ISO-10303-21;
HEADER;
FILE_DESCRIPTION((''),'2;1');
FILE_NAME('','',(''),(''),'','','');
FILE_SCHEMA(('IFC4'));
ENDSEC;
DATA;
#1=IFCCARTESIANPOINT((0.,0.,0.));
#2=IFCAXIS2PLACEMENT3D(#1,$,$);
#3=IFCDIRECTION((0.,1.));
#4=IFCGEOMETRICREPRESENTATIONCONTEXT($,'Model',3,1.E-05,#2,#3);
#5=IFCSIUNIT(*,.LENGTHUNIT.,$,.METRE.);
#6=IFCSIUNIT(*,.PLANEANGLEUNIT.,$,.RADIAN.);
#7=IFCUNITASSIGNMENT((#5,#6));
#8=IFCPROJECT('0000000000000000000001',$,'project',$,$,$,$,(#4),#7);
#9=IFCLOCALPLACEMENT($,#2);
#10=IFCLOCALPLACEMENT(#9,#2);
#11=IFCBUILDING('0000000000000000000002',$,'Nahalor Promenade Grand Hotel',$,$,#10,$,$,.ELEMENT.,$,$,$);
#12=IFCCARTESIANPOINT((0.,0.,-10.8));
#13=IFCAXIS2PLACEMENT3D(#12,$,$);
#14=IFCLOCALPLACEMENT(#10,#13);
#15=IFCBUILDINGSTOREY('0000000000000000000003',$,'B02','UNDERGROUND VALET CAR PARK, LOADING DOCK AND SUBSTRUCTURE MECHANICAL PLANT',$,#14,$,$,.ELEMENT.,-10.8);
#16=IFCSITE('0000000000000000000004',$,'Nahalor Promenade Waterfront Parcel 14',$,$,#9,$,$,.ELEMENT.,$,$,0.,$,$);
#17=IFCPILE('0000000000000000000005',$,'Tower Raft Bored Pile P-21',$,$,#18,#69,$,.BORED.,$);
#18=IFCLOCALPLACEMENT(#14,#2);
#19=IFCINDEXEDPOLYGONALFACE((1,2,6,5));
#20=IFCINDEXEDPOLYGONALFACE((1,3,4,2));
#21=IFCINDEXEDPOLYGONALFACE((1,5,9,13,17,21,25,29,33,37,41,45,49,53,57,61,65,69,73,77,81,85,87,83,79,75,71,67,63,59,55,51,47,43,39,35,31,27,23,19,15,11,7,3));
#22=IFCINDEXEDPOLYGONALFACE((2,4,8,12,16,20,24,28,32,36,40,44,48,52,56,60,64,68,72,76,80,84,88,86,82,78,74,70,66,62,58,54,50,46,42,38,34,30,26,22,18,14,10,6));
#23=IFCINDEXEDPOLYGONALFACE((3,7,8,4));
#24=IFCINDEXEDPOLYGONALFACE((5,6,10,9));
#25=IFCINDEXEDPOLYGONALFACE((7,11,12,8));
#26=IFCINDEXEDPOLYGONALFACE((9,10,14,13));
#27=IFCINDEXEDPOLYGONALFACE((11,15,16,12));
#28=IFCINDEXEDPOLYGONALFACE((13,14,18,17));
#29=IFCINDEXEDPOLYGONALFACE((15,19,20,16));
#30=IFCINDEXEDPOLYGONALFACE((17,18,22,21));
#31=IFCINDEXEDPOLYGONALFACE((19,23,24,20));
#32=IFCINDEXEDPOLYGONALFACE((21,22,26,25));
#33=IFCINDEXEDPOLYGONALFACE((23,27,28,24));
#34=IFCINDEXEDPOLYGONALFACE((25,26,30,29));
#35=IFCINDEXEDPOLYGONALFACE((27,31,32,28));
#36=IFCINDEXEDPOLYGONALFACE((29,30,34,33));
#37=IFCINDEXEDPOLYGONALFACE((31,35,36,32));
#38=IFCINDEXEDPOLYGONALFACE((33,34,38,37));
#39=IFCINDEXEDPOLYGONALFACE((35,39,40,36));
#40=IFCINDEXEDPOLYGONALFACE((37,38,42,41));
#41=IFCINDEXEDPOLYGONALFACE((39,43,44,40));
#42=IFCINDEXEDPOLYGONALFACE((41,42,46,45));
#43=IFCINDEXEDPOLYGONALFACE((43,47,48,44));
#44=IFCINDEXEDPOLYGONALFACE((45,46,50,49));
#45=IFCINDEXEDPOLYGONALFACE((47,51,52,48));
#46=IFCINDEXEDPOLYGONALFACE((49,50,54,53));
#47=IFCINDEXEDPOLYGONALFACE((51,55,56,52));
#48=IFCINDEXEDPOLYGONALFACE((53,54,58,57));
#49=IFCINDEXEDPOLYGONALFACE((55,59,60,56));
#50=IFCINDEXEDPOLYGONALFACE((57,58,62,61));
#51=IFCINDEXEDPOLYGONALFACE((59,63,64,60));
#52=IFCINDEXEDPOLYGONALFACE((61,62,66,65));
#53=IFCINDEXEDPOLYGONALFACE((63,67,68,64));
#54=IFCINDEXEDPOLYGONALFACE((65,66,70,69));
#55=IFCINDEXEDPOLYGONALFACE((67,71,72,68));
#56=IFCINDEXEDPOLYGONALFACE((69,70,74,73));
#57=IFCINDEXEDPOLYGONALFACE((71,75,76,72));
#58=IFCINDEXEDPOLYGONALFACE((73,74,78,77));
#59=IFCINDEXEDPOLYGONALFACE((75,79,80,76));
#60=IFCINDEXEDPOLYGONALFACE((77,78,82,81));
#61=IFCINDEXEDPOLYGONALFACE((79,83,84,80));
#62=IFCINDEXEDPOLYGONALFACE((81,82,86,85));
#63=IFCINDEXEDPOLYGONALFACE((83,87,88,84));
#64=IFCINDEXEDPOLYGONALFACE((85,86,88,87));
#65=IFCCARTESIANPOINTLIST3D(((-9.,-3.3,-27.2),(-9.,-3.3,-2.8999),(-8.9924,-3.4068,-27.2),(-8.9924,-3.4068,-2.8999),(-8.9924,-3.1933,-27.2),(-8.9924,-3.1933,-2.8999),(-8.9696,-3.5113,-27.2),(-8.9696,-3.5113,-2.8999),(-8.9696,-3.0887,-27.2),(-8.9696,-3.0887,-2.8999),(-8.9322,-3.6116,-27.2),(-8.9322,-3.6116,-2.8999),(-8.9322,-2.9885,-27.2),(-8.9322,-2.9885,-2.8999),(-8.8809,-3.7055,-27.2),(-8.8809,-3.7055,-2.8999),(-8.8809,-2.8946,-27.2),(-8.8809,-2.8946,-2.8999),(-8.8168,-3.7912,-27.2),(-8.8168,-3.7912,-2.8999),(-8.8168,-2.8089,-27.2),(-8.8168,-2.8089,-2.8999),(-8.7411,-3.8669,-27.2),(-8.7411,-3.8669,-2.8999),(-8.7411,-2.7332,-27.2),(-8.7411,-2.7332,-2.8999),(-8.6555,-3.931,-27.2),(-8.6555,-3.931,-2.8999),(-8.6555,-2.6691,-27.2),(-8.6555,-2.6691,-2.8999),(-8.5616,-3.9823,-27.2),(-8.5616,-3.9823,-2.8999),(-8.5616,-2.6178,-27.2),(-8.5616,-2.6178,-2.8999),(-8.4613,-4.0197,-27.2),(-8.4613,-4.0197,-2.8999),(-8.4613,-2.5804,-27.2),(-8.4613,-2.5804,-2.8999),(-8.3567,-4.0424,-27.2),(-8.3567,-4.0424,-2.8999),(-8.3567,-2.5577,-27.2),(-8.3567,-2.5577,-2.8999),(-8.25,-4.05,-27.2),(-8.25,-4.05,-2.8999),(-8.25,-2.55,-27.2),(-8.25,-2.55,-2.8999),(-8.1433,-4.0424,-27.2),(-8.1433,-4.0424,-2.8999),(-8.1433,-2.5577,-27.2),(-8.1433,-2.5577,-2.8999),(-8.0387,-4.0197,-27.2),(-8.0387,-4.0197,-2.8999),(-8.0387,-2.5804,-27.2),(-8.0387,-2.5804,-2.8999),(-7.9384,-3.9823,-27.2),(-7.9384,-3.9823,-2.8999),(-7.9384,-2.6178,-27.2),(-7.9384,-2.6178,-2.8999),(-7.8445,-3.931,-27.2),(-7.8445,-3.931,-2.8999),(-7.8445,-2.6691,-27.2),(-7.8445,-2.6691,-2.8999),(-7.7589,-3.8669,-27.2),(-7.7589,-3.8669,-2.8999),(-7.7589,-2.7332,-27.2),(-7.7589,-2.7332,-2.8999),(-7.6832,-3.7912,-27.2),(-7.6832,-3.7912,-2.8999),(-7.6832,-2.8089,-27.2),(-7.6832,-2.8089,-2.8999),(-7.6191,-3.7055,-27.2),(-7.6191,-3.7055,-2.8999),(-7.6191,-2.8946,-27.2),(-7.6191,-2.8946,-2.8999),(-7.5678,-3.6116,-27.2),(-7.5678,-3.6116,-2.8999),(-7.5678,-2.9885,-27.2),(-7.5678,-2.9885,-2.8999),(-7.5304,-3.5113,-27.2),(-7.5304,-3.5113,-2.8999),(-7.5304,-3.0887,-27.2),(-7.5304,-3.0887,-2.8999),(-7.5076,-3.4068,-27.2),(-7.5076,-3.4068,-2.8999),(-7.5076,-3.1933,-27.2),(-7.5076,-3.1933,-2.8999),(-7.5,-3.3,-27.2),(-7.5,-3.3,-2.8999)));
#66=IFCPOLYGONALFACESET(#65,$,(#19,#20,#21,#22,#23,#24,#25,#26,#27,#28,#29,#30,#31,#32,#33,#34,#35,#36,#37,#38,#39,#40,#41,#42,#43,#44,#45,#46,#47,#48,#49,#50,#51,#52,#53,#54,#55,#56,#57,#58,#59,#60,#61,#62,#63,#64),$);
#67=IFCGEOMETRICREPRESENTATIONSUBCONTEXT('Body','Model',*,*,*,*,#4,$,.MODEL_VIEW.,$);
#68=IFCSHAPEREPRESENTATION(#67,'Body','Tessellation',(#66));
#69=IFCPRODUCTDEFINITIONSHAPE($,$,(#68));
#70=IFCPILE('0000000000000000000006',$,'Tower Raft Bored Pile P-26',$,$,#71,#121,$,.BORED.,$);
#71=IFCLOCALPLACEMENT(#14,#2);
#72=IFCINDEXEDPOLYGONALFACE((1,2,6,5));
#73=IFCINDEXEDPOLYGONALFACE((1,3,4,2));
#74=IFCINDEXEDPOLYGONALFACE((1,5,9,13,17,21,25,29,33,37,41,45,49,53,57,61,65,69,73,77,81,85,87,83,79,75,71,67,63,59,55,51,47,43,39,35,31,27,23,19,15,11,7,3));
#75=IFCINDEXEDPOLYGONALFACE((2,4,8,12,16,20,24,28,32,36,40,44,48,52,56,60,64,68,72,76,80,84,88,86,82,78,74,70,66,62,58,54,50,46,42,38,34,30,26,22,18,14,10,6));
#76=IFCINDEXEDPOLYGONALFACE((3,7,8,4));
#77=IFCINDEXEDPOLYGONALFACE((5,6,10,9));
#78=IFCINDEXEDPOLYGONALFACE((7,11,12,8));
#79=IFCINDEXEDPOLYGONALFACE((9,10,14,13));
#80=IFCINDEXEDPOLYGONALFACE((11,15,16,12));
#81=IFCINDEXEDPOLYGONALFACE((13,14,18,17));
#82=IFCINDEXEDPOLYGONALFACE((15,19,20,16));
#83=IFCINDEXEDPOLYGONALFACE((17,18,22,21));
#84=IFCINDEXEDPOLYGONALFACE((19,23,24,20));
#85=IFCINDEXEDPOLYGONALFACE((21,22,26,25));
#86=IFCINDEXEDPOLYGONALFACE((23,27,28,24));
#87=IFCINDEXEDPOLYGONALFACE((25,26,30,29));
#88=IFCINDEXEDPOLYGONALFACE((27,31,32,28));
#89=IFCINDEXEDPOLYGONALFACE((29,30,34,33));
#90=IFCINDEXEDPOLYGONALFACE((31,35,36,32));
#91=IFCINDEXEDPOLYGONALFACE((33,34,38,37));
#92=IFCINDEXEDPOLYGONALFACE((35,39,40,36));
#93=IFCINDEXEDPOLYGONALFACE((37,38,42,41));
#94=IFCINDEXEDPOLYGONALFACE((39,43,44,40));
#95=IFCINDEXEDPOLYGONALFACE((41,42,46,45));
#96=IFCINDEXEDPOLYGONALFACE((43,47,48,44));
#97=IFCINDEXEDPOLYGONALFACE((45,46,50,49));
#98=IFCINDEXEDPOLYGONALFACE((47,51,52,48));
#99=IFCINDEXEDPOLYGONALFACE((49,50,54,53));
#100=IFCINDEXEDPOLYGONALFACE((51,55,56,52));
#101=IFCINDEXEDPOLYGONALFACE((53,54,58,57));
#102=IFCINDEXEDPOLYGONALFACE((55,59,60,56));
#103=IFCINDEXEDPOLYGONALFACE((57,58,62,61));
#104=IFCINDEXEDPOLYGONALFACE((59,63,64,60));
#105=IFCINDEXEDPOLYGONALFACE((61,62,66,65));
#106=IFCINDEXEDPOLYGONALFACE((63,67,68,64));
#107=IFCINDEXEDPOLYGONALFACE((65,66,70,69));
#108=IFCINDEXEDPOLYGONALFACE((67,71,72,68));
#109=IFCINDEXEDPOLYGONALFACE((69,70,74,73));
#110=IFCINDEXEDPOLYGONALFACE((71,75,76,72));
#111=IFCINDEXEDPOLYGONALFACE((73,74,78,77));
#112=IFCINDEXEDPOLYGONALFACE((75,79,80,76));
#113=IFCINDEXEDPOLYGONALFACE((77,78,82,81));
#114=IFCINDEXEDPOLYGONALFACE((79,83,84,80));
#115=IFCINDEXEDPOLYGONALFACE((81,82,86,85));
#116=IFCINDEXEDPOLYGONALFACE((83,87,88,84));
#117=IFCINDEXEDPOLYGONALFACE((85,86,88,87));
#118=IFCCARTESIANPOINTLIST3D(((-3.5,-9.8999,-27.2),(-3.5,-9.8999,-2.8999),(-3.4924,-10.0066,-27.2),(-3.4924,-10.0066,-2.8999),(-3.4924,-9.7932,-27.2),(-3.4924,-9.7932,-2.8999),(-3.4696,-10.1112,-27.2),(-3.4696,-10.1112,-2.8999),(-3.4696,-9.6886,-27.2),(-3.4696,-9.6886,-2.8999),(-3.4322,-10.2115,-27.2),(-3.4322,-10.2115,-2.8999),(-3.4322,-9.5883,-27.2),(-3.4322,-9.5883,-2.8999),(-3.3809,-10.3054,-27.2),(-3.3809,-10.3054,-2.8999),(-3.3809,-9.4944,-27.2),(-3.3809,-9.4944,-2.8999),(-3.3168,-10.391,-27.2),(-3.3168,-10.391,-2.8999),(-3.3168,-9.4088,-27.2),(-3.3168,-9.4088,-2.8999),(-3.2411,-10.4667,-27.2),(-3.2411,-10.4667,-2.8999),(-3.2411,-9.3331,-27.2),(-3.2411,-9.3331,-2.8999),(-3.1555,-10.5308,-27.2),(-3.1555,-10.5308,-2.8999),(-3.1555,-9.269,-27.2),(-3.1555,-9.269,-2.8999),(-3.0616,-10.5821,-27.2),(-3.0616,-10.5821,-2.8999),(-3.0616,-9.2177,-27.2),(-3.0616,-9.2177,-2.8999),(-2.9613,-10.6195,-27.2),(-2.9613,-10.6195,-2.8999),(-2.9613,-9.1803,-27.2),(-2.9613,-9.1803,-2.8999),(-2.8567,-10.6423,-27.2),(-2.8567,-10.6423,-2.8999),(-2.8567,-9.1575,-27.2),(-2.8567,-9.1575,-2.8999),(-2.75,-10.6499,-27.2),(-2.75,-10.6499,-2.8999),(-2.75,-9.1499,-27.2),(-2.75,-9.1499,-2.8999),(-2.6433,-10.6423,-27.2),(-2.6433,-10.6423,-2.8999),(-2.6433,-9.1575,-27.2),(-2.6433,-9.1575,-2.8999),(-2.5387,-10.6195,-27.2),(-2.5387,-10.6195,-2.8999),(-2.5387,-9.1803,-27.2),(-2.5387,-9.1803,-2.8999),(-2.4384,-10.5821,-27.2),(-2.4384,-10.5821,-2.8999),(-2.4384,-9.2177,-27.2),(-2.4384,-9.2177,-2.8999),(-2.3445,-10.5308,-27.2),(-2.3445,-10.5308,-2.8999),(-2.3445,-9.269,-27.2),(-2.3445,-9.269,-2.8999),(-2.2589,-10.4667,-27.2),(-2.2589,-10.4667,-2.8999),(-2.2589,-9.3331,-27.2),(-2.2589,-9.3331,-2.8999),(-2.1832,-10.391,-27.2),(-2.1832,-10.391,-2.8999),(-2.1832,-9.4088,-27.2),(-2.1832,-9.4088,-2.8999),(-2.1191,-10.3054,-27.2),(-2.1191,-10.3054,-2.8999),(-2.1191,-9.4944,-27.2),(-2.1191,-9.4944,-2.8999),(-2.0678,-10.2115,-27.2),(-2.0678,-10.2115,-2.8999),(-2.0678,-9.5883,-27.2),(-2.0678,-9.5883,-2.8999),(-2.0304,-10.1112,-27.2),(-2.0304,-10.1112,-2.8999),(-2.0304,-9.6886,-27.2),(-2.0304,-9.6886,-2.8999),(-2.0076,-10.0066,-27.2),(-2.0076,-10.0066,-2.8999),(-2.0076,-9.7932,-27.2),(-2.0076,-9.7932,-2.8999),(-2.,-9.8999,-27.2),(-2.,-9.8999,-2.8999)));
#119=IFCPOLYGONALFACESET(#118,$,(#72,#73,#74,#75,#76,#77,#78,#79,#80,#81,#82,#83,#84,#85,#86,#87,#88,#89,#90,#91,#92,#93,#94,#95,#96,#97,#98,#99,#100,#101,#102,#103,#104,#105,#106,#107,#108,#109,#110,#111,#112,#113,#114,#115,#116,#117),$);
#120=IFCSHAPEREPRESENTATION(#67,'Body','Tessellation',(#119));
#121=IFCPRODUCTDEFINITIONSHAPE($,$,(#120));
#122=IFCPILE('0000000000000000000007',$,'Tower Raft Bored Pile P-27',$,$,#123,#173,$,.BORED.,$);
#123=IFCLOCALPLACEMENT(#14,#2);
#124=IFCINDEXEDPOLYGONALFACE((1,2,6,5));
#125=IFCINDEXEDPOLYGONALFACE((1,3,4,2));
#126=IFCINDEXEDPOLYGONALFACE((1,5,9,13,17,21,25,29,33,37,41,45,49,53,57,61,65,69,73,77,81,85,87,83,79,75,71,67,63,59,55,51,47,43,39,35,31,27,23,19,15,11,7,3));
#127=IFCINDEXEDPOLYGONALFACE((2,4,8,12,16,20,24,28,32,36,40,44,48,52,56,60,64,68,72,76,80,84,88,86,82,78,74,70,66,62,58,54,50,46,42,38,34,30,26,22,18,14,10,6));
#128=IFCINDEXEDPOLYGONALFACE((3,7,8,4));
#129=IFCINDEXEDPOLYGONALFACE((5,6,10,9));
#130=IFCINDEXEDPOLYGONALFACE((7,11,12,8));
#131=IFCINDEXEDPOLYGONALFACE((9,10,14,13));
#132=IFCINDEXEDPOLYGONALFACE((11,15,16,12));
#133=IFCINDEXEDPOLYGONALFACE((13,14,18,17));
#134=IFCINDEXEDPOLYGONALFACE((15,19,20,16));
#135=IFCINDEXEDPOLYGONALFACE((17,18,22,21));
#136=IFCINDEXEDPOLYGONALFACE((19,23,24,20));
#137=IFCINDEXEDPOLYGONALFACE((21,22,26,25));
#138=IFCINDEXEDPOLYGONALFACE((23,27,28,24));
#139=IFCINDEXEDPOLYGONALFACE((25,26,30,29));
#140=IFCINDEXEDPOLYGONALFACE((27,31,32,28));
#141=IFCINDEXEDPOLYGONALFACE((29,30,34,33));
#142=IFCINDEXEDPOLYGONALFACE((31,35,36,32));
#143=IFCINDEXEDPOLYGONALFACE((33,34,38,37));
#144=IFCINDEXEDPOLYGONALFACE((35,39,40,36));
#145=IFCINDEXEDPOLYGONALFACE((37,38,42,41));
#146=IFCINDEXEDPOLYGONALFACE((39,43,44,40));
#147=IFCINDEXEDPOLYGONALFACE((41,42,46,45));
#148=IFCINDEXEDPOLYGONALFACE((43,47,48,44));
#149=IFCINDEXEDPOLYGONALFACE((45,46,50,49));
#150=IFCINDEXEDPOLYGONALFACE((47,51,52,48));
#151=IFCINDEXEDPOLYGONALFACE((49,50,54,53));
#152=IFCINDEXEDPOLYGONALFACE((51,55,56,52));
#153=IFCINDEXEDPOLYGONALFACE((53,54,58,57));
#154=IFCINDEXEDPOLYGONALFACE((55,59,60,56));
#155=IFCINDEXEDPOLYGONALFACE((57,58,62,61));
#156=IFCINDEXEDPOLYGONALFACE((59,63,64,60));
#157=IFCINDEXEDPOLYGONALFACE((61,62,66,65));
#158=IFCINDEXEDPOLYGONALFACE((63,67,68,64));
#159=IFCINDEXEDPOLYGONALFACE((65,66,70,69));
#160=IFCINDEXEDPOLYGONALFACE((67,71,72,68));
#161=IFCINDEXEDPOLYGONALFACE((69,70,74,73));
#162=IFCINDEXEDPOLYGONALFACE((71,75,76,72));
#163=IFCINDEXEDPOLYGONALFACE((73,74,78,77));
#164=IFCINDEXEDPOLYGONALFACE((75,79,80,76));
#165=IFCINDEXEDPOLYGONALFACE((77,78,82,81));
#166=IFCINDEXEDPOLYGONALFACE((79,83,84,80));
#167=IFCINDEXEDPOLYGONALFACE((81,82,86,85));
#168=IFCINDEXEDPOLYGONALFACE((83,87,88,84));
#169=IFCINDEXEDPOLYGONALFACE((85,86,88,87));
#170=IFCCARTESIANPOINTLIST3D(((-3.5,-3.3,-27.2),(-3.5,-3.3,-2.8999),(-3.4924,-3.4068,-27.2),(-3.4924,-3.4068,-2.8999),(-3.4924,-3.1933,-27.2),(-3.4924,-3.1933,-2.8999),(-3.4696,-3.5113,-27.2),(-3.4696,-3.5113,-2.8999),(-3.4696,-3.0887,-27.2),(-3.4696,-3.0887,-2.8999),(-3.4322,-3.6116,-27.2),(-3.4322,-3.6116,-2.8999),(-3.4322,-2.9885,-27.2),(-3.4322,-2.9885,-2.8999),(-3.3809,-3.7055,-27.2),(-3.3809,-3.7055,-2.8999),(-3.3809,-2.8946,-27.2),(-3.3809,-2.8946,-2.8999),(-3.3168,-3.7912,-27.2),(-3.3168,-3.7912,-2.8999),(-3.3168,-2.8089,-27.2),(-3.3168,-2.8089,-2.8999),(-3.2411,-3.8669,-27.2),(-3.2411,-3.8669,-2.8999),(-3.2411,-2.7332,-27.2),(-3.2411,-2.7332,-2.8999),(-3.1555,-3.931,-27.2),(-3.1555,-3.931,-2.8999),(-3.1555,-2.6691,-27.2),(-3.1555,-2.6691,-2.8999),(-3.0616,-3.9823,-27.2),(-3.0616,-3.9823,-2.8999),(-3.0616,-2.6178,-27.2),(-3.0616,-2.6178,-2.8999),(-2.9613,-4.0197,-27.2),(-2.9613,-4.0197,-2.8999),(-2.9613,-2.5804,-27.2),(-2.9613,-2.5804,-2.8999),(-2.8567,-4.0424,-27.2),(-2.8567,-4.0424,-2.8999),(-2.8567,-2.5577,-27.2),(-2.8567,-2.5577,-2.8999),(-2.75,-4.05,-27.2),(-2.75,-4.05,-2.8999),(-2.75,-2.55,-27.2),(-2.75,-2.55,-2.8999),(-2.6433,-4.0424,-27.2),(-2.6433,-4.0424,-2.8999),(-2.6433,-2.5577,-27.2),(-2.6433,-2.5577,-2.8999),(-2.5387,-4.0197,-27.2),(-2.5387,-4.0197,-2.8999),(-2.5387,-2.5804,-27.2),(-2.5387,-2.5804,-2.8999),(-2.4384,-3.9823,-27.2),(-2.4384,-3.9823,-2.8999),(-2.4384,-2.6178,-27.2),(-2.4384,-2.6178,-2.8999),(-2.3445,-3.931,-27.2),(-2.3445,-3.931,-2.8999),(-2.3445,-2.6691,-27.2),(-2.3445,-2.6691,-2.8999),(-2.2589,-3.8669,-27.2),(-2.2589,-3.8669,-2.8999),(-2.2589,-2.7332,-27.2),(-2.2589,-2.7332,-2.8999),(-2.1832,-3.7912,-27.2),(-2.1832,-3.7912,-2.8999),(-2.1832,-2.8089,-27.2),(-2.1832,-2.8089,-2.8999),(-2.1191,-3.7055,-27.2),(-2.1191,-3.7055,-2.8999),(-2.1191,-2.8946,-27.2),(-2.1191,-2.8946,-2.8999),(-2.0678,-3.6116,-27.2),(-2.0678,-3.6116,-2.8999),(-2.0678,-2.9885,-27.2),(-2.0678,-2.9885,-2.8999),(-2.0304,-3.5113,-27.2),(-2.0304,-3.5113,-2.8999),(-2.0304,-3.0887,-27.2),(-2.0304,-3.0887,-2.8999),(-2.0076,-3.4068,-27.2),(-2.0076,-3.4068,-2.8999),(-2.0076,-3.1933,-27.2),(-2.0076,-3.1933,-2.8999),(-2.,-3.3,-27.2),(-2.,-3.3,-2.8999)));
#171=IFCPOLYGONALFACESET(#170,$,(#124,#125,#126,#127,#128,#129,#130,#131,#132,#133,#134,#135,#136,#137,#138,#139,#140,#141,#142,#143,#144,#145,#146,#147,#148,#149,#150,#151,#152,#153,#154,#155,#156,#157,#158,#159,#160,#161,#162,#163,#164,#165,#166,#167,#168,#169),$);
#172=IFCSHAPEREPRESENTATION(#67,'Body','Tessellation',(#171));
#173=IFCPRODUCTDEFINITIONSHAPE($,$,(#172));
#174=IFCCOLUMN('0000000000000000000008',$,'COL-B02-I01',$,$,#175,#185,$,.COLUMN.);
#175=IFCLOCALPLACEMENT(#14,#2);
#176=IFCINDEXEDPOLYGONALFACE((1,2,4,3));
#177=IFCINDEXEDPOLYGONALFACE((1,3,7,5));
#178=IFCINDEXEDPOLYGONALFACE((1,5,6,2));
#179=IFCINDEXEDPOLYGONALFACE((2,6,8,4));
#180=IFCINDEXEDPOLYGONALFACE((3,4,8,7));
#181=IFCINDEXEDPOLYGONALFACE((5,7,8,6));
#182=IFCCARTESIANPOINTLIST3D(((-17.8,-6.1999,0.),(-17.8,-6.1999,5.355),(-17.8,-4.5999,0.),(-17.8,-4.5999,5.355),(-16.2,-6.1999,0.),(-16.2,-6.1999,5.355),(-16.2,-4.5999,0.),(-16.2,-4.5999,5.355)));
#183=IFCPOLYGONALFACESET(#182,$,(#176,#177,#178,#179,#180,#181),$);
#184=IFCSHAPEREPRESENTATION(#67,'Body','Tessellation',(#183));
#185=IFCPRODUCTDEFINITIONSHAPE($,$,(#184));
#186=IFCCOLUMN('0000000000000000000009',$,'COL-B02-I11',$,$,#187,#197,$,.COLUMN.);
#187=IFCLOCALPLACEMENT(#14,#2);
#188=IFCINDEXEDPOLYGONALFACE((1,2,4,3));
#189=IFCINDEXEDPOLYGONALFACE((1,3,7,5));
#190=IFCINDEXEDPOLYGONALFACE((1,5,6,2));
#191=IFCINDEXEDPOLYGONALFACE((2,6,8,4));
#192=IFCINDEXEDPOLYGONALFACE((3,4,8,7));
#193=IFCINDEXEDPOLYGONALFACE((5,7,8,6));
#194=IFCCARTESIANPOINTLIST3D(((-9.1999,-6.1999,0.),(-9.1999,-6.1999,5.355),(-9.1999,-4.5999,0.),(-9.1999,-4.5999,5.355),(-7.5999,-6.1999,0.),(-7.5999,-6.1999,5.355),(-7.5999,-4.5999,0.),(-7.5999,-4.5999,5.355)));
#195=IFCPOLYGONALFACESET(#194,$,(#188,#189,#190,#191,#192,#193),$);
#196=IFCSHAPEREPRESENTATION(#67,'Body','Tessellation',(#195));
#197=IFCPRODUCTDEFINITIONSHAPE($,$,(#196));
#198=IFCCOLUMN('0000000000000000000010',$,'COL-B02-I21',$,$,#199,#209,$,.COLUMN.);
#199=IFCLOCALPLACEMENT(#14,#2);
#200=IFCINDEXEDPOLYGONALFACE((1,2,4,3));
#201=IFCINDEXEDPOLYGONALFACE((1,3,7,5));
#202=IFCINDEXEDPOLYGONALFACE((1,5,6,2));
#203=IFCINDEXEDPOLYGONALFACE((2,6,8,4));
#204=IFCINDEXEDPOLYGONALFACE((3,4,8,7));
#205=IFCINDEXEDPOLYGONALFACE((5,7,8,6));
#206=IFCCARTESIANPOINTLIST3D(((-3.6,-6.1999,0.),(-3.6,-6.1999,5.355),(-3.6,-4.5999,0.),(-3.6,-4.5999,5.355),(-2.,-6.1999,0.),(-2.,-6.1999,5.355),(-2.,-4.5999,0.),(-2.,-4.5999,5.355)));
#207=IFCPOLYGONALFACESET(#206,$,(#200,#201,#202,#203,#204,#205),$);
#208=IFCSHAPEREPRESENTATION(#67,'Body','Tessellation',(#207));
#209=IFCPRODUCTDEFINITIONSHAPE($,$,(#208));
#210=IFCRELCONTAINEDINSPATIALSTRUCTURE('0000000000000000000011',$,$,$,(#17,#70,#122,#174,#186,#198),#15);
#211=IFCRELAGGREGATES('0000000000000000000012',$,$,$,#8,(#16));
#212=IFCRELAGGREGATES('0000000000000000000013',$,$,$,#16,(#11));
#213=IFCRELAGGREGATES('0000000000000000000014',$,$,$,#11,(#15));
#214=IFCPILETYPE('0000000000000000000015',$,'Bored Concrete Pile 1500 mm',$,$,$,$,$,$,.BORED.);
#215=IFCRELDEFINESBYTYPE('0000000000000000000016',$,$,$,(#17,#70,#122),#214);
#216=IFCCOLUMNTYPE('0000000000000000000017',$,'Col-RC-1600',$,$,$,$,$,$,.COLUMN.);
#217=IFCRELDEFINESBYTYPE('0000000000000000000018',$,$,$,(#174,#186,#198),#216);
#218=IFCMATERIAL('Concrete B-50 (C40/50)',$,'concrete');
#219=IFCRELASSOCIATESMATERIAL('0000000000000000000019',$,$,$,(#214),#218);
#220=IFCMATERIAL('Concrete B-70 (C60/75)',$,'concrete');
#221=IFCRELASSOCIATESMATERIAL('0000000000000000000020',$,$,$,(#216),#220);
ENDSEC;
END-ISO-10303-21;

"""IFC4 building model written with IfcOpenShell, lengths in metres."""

from ifc_helpers import new_model, si_unit, direction, frame, origin, origin_2d, place, context, subcontext, project, spatial, rectangle, circle, extrude, source, transform, mapped, material, material_profile, profile_set, type_object, element, save


model = new_model("IFC4")

# Units and contexts
model_context = context("Model", 3, precision=1e-05, world=origin(), true_north=direction((0.0, 1.0)))
body_context = subcontext(model_context, "Body", "Model", "MODEL_VIEW")
ifc_project = project(units=[si_unit("LENGTHUNIT", "METRE"), si_unit("PLANEANGLEUNIT", "RADIAN")], contexts=[model_context])

# Site, building, storey
site_placement = place(None, origin())
site = spatial("IfcSite", under=ifc_project, at=site_placement, Name="Nahalor Promenade Waterfront Parcel 14", CompositionType="ELEMENT", RefElevation=0.0)
building_placement = place(site_placement, origin())
building = spatial("IfcBuilding", under=site, at=building_placement, Name="Nahalor Promenade Grand Hotel", CompositionType="ELEMENT")
storey_placement = place(building_placement, frame((0.0, 0.0, -10.8)))
storey = spatial("IfcBuildingStorey", under=building, at=storey_placement, Name="B02", Description="UNDERGROUND VALET CAR PARK, LOADING DOCK AND SUBSTRUCTURE MECHANICAL PLANT", CompositionType="ELEMENT", Elevation=-10.8)

# Piles
ifc_material_1 = material(Name="Concrete B-50 (C40/50)", Category="concrete")
ifc_material_profile_1 = material_profile(ifc_material_1, circle(Radius=0.75, at=origin_2d()), Name="PILE D1500")
ifc_profile_set_1 = profile_set([ifc_material_profile_1], Name="Concrete B-50 (C40/50)")
pile_type = type_object("IfcPileType", Name="Bored Concrete Pile 1500 mm", PredefinedType="BORED", material=ifc_profile_set_1)
shared_shape_1 = source(origin(), body_context, "Body", "SweptSolid", [
    extrude(circle(Radius=0.75, at=origin_2d()), origin(), (0.0, 0.0, 1.0), 24.3),
])
for number, where, z_axis, x_axis, name in (
    (1, (-8.25, -3.3, -2.8999), (0.0, 0.0, -1.0), (1.0, 0.0, 0.0), "Tower Raft Bored Pile P-21"),
    (2, (-2.75, -9.8999, -2.8999), (0.0, 0.0, -1.0), (1.0, 0.0, 0.0), "Tower Raft Bored Pile P-26"),
    (3, (-2.75, -3.3, -2.8999), (0.0, 0.0, -1.0), (1.0, 0.0, 0.0), "Tower Raft Bored Pile P-27"),
):
    element("IfcPile", number, at=place(storey_placement, frame(where, z_axis=z_axis, x_axis=x_axis)), inside=storey, type_object=pile_type, Name=name, PredefinedType="BORED", context=body_context, shape_type="MappedRepresentation", body=[
        mapped(shared_shape_1, transform((0.0, 0.0, 0.0), scale=1.0)),
    ])

# Columns
ifc_material_2 = material(Name="Concrete B-70 (C60/75)", Category="concrete")
ifc_material_profile_2 = material_profile(ifc_material_2, rectangle(XDim=1.6, YDim=1.6, at=origin_2d()), Name="RC 1600x1600")
ifc_profile_set_2 = profile_set([ifc_material_profile_2], Name="Concrete B-70 (C60/75)")
column_type = type_object("IfcColumnType", Name="Col-RC-1600", PredefinedType="COLUMN", material=ifc_profile_set_2)
shared_shape_2 = source(origin(), body_context, "Body", "SweptSolid", [
    extrude(rectangle(XDim=1.6, YDim=1.6, at=origin_2d()), origin(), (0.0, 0.0, 1.0), 5.355),
])
for number, where, z_axis, x_axis, name in (
    (4, (-17.0, -5.3999, 0.0), (0.0, 0.0, 1.0), (1.0, 0.0, 0.0), "COL-B02-I01"),
    (5, (-8.3999, -5.3999, 0.0), (0.0, 0.0, 1.0), (1.0, 0.0, 0.0), "COL-B02-I11"),
    (6, (-2.8, -5.3999, 0.0), (0.0, 0.0, 1.0), (1.0, 0.0, 0.0), "COL-B02-I21"),
):
    element("IfcColumn", number, at=place(storey_placement, frame(where, z_axis=z_axis, x_axis=x_axis)), inside=storey, type_object=column_type, Name=name, PredefinedType="COLUMN", context=body_context, shape_type="MappedRepresentation", body=[
        mapped(shared_shape_2, transform((0.0, 0.0, 0.0), scale=1.0)),
    ])

save(model, "model.ifc")
